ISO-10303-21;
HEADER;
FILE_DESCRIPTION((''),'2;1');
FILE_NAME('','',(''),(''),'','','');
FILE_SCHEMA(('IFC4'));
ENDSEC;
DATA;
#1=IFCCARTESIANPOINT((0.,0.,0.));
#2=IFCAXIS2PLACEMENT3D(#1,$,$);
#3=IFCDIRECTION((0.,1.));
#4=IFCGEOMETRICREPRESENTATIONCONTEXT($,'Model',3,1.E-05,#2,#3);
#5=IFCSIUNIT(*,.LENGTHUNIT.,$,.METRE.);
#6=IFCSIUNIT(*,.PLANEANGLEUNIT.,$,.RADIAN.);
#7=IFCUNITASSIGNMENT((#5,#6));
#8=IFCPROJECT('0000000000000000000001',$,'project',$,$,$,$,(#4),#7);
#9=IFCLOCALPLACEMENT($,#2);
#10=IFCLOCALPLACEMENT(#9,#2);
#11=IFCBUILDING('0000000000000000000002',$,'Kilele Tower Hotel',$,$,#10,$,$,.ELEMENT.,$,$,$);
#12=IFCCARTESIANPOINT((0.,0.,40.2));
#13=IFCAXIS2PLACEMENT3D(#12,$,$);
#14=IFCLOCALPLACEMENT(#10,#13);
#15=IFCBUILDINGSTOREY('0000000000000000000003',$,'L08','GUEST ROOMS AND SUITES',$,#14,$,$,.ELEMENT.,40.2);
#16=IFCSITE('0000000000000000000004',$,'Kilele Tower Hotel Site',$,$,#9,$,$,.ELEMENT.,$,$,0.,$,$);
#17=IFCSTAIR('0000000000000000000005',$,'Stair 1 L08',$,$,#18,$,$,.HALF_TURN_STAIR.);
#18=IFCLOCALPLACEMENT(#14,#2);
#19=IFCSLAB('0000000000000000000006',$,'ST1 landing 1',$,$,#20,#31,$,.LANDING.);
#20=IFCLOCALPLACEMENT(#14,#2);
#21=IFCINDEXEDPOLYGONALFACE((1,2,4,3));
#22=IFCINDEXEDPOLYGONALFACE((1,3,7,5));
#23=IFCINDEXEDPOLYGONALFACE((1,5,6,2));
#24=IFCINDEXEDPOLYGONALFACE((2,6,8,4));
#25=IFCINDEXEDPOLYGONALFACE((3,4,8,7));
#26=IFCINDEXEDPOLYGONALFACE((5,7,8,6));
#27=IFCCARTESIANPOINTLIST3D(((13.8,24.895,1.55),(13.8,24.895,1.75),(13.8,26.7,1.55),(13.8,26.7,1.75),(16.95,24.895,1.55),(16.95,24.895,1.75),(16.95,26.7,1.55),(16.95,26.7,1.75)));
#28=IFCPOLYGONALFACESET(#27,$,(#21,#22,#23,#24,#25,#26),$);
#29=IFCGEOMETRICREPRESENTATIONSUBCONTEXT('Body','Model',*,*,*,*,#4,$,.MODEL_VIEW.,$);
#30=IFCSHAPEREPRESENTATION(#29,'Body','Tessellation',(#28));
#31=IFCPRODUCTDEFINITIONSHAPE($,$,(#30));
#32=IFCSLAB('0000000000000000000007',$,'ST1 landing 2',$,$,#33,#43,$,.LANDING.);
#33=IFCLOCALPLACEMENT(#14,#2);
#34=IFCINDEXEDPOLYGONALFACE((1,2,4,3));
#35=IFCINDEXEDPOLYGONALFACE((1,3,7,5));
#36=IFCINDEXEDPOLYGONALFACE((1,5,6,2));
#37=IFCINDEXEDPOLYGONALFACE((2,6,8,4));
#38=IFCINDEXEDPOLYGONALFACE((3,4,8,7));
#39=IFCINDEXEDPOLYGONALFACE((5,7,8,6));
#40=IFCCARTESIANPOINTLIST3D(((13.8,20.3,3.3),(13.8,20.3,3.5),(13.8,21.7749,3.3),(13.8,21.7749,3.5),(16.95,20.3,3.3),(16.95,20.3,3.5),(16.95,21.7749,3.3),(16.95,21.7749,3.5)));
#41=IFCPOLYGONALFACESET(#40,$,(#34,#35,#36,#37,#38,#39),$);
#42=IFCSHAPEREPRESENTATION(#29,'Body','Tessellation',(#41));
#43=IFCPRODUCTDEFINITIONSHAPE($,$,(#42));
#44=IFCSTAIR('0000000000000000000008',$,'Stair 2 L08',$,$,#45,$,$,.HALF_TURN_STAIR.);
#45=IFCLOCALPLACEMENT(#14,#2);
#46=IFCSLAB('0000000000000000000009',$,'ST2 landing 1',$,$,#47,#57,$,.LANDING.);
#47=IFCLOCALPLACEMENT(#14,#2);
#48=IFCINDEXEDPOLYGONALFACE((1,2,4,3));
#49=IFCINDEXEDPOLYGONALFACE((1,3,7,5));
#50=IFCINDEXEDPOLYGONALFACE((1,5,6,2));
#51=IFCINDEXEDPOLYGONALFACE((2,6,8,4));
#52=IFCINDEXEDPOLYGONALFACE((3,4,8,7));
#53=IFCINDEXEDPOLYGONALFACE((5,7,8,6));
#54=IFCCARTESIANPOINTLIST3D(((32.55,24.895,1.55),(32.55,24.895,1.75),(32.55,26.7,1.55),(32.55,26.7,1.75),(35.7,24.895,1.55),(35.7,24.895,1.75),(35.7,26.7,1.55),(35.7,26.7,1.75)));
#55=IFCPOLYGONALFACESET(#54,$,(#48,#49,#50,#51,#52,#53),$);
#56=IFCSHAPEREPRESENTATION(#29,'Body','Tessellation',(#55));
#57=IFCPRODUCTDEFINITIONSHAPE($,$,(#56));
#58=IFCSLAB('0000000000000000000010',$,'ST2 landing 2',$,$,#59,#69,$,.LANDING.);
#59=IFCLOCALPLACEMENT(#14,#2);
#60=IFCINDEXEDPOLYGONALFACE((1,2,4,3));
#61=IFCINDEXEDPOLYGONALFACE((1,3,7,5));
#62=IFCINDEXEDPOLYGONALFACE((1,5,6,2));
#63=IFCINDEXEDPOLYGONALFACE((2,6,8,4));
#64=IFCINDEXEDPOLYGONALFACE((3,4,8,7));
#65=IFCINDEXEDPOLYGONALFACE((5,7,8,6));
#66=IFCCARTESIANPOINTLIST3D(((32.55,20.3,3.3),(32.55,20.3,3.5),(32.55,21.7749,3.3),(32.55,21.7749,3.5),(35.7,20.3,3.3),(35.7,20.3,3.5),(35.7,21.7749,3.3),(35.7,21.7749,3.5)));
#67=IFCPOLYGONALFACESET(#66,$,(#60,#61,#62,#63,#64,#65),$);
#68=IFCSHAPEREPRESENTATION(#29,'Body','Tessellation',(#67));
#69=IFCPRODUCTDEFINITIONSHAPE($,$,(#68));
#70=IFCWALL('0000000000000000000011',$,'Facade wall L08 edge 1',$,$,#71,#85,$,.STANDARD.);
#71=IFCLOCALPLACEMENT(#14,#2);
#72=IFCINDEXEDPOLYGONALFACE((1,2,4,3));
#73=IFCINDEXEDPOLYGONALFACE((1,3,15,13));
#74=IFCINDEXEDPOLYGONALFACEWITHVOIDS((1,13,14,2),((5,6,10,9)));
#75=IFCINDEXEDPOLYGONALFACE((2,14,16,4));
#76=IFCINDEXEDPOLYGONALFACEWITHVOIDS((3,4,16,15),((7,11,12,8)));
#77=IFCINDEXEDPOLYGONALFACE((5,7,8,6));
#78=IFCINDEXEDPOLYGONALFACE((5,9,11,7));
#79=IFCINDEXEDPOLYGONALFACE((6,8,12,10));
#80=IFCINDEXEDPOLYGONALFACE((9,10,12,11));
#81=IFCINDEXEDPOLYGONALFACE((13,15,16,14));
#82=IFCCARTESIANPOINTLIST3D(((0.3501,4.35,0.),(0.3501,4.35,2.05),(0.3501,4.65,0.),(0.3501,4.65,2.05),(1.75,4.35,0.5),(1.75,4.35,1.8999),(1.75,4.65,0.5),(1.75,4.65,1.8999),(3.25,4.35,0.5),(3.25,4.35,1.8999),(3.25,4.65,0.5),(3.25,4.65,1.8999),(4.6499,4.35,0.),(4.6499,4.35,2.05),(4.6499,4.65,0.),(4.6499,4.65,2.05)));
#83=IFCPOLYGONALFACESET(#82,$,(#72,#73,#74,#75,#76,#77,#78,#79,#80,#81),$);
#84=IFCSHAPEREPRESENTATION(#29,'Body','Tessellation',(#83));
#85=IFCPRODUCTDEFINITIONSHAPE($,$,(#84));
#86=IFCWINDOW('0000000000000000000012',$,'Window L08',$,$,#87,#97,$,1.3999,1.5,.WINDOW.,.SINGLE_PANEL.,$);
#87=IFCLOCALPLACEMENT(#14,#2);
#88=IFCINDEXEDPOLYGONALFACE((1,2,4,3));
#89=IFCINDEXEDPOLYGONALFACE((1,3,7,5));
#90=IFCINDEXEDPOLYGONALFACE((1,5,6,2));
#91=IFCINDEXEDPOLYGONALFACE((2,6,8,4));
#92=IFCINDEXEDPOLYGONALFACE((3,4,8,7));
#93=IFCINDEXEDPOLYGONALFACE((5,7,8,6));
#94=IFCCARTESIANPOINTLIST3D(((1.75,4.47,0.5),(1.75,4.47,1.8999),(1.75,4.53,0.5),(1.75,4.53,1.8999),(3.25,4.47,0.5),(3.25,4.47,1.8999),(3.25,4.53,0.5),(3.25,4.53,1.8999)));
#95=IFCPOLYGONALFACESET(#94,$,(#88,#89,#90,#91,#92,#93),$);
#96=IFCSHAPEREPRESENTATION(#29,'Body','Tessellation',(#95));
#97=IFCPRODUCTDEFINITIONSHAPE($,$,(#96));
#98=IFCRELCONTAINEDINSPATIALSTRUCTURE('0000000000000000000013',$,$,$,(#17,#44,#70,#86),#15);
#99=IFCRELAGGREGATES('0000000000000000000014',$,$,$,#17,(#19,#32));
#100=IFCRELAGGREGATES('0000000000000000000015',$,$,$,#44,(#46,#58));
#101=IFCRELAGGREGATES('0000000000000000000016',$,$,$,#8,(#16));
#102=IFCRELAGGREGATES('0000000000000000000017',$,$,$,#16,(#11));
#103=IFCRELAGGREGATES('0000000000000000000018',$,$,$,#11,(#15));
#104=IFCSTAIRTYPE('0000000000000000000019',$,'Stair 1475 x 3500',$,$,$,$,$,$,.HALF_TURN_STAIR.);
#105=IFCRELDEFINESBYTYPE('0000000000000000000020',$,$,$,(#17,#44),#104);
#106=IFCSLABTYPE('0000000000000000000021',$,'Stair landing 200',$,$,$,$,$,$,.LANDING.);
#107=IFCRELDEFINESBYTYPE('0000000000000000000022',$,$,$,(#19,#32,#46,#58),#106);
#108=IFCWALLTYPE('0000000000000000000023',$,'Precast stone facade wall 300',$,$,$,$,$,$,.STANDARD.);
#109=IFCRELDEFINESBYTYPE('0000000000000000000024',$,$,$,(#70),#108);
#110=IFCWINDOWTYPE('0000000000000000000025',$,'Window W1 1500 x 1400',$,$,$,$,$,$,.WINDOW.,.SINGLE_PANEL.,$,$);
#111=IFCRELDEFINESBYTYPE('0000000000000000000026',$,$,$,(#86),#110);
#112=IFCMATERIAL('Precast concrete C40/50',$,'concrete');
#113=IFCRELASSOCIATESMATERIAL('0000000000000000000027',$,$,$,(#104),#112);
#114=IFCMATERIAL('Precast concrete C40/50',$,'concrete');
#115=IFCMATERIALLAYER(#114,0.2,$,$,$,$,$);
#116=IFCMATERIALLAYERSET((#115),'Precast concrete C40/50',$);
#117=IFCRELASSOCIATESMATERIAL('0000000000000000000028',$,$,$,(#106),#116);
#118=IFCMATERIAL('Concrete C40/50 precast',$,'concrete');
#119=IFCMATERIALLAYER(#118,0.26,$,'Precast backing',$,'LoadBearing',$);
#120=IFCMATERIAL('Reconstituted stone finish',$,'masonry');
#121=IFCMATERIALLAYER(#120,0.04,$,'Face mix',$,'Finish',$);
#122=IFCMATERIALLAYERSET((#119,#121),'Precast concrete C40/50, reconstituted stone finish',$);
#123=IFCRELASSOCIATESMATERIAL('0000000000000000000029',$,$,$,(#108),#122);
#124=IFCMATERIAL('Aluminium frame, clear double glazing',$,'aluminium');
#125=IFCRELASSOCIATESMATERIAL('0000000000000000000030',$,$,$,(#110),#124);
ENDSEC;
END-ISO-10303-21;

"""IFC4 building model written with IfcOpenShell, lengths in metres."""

from ifc_helpers import new_model, si_unit, direction, frame, frame_2d, origin, place, context, subcontext, project, spatial, polyline, rectangle, outline, extrude, material, layer, layer_set, type_object, element, fill, aggregate, save


model = new_model("IFC4")

# Units and contexts
model_context = context("Model", 3, precision=1e-05, world=origin(), true_north=direction((0.0, 1.0)))
body_context = subcontext(model_context, "Body", "Model", "MODEL_VIEW")
ifc_project = project(units=[si_unit("LENGTHUNIT", "METRE"), si_unit("PLANEANGLEUNIT", "RADIAN")], contexts=[model_context])

# Site, building, storey
site_placement = place(None, origin())
site = spatial("IfcSite", under=ifc_project, at=site_placement, Name="Kilele Tower Hotel Site", CompositionType="ELEMENT", RefElevation=0.0)
building_placement = place(site_placement, origin())
building = spatial("IfcBuilding", under=site, at=building_placement, Name="Kilele Tower Hotel", CompositionType="ELEMENT")
storey_placement = place(building_placement, frame((0.0, 0.0, 40.2)))
storey = spatial("IfcBuildingStorey", under=building, at=storey_placement, Name="L08", Description="GUEST ROOMS AND SUITES", CompositionType="ELEMENT", Elevation=40.2)

# Stairs, slabs
ifc_material_1 = material(Name="Precast concrete C40/50", Category="concrete")
stair_type = type_object("IfcStairType", Name="Stair 1475 x 3500", PredefinedType="HALF_TURN_STAIR", material=ifc_material_1)
stair_1_placement = place(storey_placement, origin())
stair_1 = element("IfcStair", 1, at=stair_1_placement, inside=storey, type_object=stair_type, Name="Stair 1 L08", PredefinedType="HALF_TURN_STAIR")
ifc_material_2 = material(Name="Precast concrete C40/50", Category="concrete")
ifc_layer_1 = layer(ifc_material_2, 0.2)
ifc_layer_set_1 = layer_set([ifc_layer_1], Name="Precast concrete C40/50")
slab_type_1 = type_object("IfcSlabType", Name="Stair landing 200", PredefinedType="LANDING", material=ifc_layer_set_1)
slab_1_placement = place(storey_placement, frame((0.0, 0.0, 1.55)))
slab_1 = element("IfcSlab", 2, at=slab_1_placement, type_object=slab_type_1, Name="ST1 landing 1", PredefinedType="LANDING", context=body_context, shape_type="SweptSolid", body=[
    extrude(outline(polyline([(13.8, 24.895), (16.95, 24.895), (16.95, 26.7), (13.8, 26.7), (13.8, 24.895)])), origin(), (0.0, 0.0, 1.0), 0.2),
])
slab_2_placement = place(storey_placement, frame((0.0, 0.0, 3.3)))
slab_2 = element("IfcSlab", 3, at=slab_2_placement, type_object=slab_type_1, Name="ST1 landing 2", PredefinedType="LANDING", context=body_context, shape_type="SweptSolid", body=[
    extrude(outline(polyline([(13.8, 20.3), (16.95, 20.3), (16.95, 21.7749), (13.8, 21.7749), (13.8, 20.3)])), origin(), (0.0, 0.0, 1.0), 0.2),
])
aggregate(stair_1, [slab_1, slab_2])
stair_2_placement = place(storey_placement, origin())
stair_2 = element("IfcStair", 4, at=stair_2_placement, inside=storey, type_object=stair_type, Name="Stair 2 L08", PredefinedType="HALF_TURN_STAIR")
slab_3_placement = place(storey_placement, frame((0.0, 0.0, 1.55)))
slab_3 = element("IfcSlab", 5, at=slab_3_placement, type_object=slab_type_1, Name="ST2 landing 1", PredefinedType="LANDING", context=body_context, shape_type="SweptSolid", body=[
    extrude(outline(polyline([(32.55, 24.895), (35.7, 24.895), (35.7, 26.7), (32.55, 26.7), (32.55, 24.895)])), origin(), (0.0, 0.0, 1.0), 0.2),
])
slab_4_placement = place(storey_placement, frame((0.0, 0.0, 3.3)))
slab_4 = element("IfcSlab", 6, at=slab_4_placement, type_object=slab_type_1, Name="ST2 landing 2", PredefinedType="LANDING", context=body_context, shape_type="SweptSolid", body=[
    extrude(outline(polyline([(32.55, 20.3), (35.7, 20.3), (35.7, 21.7749), (32.55, 21.7749), (32.55, 20.3)])), origin(), (0.0, 0.0, 1.0), 0.2),
])
aggregate(stair_2, [slab_3, slab_4])

# Wall, opening, window
ifc_material_3 = material(Name="Concrete C40/50 precast", Category="concrete")
ifc_layer_2 = layer(ifc_material_3, 0.26, Name="Precast backing", Category="LoadBearing")
ifc_material_4 = material(Name="Reconstituted stone finish", Category="masonry")
ifc_layer_3 = layer(ifc_material_4, 0.04, Name="Face mix", Category="Finish")
ifc_layer_set_2 = layer_set([ifc_layer_2, ifc_layer_3], Name="Precast concrete C40/50, reconstituted stone finish")
wall_type = type_object("IfcWallType", Name="Precast stone facade wall 300", PredefinedType="STANDARD", material=ifc_layer_set_2)
wall_1_placement = place(storey_placement, frame((0.3501, 4.5, 0.0), z_axis=(0.0, 0.0, 1.0), x_axis=(1.0, 0.0, 0.0)))
wall_1 = element("IfcWall", 7, at=wall_1_placement, inside=storey, type_object=wall_type, Name="Facade wall L08 edge 1", PredefinedType="STANDARD", context=body_context, shape_type="SweptSolid", body=[
    extrude(rectangle(XDim=4.2998, YDim=0.3, at=frame_2d((2.1499, 0.0))), origin(), (0.0, 0.0, 1.0), 2.05),
])
opening_1_placement = place(wall_1_placement, frame((1.3999, 0.0, 0.5)))
opening_1 = element("IfcOpeningElement", 8, at=opening_1_placement, cuts=wall_1, PredefinedType="OPENING", context=body_context, shape_type="SweptSolid", body=[
    extrude(rectangle(XDim=1.5, YDim=1.3999, at=frame_2d((0.75, 0.7))), frame((0.0, 0.1599, 0.0), z_axis=(0.0, -1.0, 0.0), x_axis=(1.0, 0.0, 0.0)), (0.0, 0.0, 1.0), 0.3201),
])
ifc_material_5 = material(Name="Aluminium frame, clear double glazing", Category="aluminium")
window_type = type_object("IfcWindowType", Name="Window W1 1500 x 1400", PartitioningType="SINGLE_PANEL", PredefinedType="WINDOW", material=ifc_material_5)
window_1_placement = place(opening_1_placement, origin())
window_1 = element("IfcWindow", 9, at=window_1_placement, inside=storey, type_object=window_type, Name="Window L08", OverallHeight=1.3999, OverallWidth=1.5, PartitioningType="SINGLE_PANEL", PredefinedType="WINDOW", context=body_context, shape_type="SweptSolid", body=[
    extrude(rectangle(XDim=1.5, YDim=1.3999, at=frame_2d((0.75, 0.7))), frame((0.0, 0.03, 0.0), z_axis=(0.0, -1.0, 0.0), x_axis=(1.0, 0.0, 0.0)), (0.0, 0.0, 1.0), 0.0601),
])
fill(opening_1, window_1)

save(model, "model.ifc")
